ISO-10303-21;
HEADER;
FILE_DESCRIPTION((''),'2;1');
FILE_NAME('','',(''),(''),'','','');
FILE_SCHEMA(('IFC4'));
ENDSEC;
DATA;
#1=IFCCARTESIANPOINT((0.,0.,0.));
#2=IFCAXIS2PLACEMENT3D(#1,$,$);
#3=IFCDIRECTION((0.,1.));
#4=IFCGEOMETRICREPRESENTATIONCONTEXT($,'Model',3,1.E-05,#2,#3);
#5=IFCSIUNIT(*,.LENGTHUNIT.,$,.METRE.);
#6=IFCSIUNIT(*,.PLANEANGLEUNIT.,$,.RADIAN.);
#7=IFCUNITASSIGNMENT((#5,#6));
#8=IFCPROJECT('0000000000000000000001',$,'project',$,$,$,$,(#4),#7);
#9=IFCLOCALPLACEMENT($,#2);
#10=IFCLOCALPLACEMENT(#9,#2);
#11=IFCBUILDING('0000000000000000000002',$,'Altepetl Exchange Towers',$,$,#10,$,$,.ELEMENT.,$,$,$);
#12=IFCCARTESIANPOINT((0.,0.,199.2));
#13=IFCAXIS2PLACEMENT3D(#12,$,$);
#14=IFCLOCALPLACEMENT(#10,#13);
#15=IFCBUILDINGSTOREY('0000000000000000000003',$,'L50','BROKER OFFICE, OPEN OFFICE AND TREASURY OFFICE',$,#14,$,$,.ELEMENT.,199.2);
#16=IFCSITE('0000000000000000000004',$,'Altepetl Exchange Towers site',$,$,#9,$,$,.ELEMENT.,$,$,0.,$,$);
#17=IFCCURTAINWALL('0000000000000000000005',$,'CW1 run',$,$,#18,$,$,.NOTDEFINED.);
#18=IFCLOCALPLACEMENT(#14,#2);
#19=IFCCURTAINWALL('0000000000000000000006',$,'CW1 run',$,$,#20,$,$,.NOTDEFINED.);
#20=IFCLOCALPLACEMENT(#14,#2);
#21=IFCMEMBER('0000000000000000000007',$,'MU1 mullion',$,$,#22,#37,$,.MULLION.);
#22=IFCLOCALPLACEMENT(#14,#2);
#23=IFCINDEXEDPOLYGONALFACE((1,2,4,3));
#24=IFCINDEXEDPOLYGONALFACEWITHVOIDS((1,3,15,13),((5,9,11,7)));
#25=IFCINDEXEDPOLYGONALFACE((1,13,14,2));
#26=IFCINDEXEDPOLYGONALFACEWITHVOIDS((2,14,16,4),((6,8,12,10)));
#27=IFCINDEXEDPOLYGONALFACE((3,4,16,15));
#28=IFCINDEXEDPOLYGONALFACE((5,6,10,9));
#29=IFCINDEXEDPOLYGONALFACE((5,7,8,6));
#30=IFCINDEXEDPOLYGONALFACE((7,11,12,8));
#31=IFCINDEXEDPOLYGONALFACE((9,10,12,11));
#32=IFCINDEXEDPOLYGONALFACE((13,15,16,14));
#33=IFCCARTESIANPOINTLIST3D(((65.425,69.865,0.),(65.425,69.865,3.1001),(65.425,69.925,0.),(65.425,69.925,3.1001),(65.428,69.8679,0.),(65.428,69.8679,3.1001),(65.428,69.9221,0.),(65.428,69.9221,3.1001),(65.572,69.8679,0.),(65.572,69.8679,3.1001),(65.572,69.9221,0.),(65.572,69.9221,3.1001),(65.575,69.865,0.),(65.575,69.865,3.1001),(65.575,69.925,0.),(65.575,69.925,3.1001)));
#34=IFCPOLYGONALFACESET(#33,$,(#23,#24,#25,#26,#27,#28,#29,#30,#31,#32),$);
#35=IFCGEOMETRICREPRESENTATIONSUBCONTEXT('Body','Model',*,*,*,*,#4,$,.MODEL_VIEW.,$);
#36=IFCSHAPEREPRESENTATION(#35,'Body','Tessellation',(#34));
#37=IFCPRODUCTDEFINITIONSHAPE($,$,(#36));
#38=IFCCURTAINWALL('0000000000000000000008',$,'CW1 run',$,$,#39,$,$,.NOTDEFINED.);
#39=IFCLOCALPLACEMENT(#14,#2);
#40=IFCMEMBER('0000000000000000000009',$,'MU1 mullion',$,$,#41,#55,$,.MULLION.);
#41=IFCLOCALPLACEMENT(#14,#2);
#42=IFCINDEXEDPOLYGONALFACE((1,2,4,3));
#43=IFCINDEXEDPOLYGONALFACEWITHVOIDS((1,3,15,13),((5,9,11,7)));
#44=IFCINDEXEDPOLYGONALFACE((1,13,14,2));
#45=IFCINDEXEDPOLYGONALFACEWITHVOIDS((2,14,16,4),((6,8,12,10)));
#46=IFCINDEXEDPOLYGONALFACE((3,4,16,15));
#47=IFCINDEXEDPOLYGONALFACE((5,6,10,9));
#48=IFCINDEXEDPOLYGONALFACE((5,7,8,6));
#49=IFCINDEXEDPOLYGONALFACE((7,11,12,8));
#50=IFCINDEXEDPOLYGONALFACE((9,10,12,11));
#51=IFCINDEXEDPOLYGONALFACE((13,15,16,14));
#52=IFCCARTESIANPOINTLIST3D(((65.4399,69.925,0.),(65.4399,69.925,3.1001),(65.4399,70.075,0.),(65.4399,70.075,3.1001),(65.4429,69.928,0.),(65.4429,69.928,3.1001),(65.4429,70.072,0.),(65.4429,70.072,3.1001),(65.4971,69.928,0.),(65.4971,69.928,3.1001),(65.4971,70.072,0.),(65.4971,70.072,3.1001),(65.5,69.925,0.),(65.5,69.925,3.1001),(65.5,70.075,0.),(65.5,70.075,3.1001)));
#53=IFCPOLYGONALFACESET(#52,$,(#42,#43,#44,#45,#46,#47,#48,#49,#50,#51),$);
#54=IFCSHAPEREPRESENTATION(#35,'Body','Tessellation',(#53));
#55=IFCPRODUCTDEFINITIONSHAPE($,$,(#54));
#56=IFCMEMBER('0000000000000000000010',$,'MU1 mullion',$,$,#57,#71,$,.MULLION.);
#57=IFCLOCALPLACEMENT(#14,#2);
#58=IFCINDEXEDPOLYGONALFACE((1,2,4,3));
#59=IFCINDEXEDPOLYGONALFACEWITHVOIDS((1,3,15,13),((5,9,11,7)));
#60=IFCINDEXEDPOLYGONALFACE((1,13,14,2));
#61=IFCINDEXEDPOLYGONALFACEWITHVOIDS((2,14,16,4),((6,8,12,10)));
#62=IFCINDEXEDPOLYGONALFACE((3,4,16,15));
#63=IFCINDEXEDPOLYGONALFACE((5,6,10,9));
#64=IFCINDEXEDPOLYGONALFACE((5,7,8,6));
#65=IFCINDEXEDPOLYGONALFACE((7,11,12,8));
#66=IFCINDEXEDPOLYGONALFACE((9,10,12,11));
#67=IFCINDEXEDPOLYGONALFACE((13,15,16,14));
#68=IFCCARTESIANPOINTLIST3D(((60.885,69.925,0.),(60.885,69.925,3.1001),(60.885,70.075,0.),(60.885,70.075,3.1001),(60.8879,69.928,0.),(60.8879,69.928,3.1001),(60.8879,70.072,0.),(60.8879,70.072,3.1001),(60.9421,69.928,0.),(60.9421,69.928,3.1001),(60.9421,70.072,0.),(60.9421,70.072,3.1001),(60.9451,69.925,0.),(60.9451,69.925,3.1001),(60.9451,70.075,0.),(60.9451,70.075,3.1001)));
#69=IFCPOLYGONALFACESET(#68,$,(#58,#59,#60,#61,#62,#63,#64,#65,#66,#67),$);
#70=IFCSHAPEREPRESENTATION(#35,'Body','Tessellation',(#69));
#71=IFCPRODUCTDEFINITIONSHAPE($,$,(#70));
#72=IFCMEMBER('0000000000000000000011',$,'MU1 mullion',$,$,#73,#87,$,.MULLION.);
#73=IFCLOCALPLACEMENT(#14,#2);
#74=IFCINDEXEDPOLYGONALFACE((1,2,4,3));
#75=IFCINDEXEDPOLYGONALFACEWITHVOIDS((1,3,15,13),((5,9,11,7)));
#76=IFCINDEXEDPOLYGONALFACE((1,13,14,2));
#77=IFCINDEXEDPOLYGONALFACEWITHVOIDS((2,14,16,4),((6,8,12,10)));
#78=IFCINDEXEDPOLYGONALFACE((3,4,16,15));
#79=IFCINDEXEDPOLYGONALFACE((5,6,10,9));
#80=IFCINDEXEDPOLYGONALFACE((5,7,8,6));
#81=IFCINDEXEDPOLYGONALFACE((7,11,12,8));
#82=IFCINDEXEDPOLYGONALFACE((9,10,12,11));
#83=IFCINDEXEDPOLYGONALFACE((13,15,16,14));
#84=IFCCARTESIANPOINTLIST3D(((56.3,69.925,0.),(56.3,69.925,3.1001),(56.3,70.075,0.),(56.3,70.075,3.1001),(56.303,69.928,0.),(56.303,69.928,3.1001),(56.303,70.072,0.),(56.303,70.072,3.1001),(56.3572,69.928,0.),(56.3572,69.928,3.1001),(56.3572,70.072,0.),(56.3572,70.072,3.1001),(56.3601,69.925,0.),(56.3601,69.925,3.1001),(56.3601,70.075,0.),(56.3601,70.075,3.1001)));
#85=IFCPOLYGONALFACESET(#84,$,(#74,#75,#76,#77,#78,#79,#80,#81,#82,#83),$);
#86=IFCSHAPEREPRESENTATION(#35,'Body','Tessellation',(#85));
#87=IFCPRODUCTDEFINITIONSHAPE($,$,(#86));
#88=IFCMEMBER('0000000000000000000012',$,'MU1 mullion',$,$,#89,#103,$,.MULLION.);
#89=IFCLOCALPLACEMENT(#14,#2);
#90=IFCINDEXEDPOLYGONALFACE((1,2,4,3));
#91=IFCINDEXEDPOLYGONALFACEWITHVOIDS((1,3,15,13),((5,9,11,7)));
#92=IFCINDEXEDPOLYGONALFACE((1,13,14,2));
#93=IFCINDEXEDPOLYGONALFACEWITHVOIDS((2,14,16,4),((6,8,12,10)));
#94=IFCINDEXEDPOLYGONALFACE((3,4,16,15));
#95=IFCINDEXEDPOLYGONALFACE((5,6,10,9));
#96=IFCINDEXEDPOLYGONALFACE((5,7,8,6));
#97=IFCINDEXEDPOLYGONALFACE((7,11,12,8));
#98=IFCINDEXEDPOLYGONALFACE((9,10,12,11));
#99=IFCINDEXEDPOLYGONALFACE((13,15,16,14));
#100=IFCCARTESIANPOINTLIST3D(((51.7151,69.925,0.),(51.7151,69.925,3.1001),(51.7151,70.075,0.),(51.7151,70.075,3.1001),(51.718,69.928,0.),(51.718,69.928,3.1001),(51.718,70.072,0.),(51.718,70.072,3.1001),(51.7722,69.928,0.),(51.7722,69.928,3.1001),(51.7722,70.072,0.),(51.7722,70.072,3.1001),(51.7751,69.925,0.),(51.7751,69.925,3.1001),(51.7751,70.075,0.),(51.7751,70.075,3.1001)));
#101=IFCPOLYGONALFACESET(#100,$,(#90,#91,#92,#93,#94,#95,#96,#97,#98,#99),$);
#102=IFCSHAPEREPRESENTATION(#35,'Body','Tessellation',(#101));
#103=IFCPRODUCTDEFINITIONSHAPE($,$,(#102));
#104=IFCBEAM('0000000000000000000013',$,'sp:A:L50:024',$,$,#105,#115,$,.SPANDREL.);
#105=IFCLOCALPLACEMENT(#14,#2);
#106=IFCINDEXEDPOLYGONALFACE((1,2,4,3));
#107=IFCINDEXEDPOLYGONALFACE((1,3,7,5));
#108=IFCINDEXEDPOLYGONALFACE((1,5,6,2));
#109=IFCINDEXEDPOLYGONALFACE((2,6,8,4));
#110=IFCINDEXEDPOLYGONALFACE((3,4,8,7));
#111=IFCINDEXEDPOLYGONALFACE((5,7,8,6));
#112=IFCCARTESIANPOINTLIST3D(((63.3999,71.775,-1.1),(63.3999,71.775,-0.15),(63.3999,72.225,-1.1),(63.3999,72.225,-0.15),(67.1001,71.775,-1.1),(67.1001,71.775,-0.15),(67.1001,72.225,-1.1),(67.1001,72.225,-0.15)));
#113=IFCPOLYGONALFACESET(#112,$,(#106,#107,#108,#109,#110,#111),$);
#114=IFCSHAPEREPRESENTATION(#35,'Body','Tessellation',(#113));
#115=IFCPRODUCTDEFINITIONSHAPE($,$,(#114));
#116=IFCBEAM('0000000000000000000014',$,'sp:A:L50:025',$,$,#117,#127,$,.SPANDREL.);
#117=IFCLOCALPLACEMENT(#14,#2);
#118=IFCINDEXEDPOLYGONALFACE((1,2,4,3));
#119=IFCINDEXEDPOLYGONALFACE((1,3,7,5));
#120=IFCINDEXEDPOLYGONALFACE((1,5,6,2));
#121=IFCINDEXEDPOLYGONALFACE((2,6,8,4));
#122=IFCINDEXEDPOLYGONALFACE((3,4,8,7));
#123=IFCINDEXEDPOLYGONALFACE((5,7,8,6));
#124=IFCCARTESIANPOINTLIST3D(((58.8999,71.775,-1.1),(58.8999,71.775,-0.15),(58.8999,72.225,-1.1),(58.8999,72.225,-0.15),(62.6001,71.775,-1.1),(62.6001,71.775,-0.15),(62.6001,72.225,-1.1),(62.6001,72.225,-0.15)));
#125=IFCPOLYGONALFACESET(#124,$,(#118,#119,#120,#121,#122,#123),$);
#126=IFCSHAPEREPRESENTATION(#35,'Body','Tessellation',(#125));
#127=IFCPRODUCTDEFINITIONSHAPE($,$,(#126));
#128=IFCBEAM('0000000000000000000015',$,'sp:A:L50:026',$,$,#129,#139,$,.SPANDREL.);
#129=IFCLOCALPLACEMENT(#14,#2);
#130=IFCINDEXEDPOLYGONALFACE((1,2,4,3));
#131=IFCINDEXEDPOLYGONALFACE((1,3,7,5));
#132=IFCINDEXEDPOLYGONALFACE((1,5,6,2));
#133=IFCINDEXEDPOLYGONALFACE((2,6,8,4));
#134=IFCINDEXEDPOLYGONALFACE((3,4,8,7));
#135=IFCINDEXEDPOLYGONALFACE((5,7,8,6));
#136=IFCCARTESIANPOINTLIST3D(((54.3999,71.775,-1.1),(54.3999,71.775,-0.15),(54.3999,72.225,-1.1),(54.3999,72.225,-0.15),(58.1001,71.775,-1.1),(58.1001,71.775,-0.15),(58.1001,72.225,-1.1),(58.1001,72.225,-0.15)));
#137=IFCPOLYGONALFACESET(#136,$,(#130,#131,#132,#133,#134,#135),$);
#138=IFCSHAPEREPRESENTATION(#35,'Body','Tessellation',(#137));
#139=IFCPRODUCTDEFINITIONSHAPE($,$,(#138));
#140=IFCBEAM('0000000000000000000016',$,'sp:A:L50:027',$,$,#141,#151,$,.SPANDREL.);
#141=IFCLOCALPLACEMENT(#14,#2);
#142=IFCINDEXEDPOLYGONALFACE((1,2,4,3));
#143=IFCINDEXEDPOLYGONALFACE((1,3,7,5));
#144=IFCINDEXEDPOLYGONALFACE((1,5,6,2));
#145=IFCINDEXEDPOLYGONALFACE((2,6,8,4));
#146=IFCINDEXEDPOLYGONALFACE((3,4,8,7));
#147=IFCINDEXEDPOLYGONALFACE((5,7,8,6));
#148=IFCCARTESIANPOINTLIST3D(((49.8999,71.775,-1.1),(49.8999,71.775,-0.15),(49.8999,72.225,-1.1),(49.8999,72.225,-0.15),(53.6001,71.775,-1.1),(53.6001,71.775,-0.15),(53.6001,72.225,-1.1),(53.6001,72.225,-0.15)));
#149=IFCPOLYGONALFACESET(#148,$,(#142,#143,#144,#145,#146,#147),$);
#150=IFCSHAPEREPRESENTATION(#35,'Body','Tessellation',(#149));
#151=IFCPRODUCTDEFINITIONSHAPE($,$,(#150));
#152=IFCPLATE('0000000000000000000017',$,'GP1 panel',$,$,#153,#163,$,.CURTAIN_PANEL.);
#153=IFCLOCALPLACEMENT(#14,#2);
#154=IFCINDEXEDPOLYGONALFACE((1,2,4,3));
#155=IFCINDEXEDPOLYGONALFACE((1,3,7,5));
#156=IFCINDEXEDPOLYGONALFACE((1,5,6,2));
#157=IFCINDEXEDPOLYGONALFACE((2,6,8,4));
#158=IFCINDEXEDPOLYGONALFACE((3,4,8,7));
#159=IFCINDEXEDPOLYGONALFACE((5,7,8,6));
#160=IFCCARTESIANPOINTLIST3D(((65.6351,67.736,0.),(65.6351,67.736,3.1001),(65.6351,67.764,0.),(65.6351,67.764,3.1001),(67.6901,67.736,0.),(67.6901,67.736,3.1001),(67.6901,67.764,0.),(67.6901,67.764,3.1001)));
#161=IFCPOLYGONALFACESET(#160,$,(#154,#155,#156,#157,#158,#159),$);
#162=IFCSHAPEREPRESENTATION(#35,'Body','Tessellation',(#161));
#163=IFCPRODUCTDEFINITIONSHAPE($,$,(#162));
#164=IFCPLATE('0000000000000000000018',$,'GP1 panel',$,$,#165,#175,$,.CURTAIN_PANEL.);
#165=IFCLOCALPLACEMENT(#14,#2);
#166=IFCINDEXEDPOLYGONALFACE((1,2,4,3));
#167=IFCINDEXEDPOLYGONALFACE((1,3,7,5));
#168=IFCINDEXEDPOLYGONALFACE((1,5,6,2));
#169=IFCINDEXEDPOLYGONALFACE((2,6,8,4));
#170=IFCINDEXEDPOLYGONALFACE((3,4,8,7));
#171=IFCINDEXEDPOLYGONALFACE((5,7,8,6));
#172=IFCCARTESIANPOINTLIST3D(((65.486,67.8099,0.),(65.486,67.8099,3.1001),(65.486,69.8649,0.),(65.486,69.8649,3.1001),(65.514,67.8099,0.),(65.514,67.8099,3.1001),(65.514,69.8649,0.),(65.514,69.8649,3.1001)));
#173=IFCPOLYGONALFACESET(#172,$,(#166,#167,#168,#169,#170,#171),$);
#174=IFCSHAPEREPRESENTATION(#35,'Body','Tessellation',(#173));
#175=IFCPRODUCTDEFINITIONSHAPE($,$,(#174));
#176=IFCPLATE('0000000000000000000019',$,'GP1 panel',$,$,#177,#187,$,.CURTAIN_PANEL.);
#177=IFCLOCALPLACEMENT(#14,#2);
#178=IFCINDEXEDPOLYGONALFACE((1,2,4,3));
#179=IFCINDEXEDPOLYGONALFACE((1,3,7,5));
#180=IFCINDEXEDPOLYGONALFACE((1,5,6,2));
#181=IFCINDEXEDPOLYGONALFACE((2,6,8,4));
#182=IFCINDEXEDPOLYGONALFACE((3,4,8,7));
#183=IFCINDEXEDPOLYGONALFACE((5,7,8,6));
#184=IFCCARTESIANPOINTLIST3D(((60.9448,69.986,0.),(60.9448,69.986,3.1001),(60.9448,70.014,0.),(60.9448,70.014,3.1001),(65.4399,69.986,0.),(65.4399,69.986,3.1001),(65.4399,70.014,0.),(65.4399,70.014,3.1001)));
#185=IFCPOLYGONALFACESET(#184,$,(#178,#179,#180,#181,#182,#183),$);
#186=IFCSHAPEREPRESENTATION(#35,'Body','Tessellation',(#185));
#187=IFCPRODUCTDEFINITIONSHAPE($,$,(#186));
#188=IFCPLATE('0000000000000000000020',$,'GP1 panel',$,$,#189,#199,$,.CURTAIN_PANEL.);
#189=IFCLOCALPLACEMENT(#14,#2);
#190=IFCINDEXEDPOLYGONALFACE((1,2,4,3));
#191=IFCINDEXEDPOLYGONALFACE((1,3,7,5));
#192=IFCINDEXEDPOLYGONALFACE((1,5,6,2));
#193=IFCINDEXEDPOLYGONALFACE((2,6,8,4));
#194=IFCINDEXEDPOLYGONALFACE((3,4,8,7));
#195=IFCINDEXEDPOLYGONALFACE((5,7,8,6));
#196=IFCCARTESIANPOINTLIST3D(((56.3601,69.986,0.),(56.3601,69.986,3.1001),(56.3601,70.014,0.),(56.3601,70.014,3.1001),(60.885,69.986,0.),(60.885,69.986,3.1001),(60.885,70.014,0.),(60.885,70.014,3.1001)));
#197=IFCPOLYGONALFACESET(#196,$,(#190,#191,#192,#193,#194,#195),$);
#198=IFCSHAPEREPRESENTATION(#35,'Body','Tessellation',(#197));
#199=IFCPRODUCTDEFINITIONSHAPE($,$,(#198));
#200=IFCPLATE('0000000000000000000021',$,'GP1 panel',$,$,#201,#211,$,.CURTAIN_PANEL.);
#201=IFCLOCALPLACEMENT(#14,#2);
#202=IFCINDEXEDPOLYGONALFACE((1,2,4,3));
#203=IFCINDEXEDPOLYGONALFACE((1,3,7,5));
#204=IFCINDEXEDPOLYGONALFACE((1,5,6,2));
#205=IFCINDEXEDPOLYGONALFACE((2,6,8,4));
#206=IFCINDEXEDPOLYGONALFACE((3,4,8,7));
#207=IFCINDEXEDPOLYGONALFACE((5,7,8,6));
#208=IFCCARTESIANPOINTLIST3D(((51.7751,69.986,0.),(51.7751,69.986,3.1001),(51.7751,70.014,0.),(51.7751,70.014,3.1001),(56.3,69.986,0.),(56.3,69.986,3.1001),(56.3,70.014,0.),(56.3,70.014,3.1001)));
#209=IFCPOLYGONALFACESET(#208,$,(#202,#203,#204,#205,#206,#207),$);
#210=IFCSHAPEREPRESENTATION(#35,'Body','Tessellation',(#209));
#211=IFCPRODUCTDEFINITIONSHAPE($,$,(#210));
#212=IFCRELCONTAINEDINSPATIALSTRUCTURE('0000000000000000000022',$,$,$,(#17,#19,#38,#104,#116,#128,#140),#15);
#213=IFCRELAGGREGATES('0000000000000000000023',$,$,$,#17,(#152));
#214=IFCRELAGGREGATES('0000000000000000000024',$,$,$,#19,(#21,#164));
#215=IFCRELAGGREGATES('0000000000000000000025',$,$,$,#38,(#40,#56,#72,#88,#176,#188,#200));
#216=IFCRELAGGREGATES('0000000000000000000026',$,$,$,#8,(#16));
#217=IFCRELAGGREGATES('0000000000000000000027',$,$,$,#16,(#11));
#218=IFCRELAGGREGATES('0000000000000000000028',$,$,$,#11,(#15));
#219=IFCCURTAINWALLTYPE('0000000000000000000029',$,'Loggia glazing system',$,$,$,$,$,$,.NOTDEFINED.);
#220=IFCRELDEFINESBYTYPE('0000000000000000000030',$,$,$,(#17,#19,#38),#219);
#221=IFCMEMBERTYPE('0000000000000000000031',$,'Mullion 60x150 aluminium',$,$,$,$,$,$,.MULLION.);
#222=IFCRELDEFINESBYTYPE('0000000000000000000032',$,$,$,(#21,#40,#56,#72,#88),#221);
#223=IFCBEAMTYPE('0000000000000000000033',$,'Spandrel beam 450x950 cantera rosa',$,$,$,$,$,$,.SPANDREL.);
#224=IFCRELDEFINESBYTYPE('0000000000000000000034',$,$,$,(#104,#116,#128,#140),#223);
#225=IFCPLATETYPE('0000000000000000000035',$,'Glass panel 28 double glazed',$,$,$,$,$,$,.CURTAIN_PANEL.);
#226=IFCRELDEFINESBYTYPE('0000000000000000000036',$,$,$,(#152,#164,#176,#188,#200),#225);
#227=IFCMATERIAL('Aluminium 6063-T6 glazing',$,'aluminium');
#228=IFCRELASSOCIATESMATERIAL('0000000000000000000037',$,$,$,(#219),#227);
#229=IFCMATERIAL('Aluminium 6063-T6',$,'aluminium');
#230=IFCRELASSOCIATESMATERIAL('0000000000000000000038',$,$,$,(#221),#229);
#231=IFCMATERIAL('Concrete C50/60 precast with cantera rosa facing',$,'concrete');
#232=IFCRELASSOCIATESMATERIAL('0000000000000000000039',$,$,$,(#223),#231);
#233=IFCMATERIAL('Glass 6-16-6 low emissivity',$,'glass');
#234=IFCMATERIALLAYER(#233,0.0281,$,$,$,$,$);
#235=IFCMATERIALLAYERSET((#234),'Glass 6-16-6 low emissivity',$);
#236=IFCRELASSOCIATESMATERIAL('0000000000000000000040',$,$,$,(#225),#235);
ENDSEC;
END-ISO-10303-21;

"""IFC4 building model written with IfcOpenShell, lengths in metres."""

from ifc_helpers import new_model, si_unit, direction, frame, origin, origin_2d, place, context, subcontext, project, spatial, rectangle, hollow_rectangle, extrude, material, layer, layer_set, material_profile, profile_set, type_object, element, aggregate, save


model = new_model("IFC4")

# Units and contexts
model_context = context("Model", 3, precision=1e-05, world=origin(), true_north=direction((0.0, 1.0)))
body_context = subcontext(model_context, "Body", "Model", "MODEL_VIEW")
ifc_project = project(units=[si_unit("LENGTHUNIT", "METRE"), si_unit("PLANEANGLEUNIT", "RADIAN")], contexts=[model_context])

# Site, building, storey
site_placement = place(None, origin())
site = spatial("IfcSite", under=ifc_project, at=site_placement, Name="Altepetl Exchange Towers site", CompositionType="ELEMENT", RefElevation=0.0)
building_placement = place(site_placement, origin())
building = spatial("IfcBuilding", under=site, at=building_placement, Name="Altepetl Exchange Towers", CompositionType="ELEMENT")
storey_placement = place(building_placement, frame((0.0, 0.0, 199.2)))
storey = spatial("IfcBuildingStorey", under=building, at=storey_placement, Name="L50", Description="BROKER OFFICE, OPEN OFFICE AND TREASURY OFFICE", CompositionType="ELEMENT", Elevation=199.2)

# Curtain wall
ifc_material_1 = material(Name="Aluminium 6063-T6 glazing", Category="aluminium")
curtain_wall_type = type_object("IfcCurtainWallType", Name="Loggia glazing system", PredefinedType="NOTDEFINED", material=ifc_material_1)
curtain_wall_1_placement = place(storey_placement, origin())
curtain_wall_1 = element("IfcCurtainWall", 1, at=curtain_wall_1_placement, inside=storey, type_object=curtain_wall_type, Name="CW1 run", PredefinedType="NOTDEFINED")
ifc_material_2 = material(Name="Aluminium 6063-T6", Category="aluminium")
ifc_material_profile_1 = material_profile(ifc_material_2, hollow_rectangle(XDim=0.0601, YDim=0.1499, WallThickness=0.0029, at=origin_2d()), Name="Mullion 60x150 aluminium")
ifc_profile_set_1 = profile_set([ifc_material_profile_1], Name="Aluminium 6063-T6")
member_type = type_object("IfcMemberType", Name="Mullion 60x150 aluminium", PredefinedType="MULLION", material=ifc_profile_set_1)

# Curtain walls, members
curtain_wall_2_placement = place(storey_placement, origin())
curtain_wall_2 = element("IfcCurtainWall", 2, at=curtain_wall_2_placement, inside=storey, type_object=curtain_wall_type, Name="CW1 run", PredefinedType="NOTDEFINED")
member_1_placement = place(storey_placement, frame((65.5, 69.895, 0.0), z_axis=(0.0, 0.0, 1.0), x_axis=(0.0, 1.0, 0.0)))
member_1 = element("IfcMember", 3, at=member_1_placement, type_object=member_type, Name="MU1 mullion", PredefinedType="MULLION", context=body_context, shape_type="SweptSolid", body=[
    extrude(hollow_rectangle(XDim=0.0601, YDim=0.1499, WallThickness=0.0029, at=origin_2d()), origin(), (0.0, 0.0, 1.0), 3.1001),
])
curtain_wall_3_placement = place(storey_placement, origin())
curtain_wall_3 = element("IfcCurtainWall", 4, at=curtain_wall_3_placement, inside=storey, type_object=curtain_wall_type, Name="CW1 run", PredefinedType="NOTDEFINED")
member_2_placement = place(storey_placement, frame((65.47, 70.0, 0.0), z_axis=(0.0, 0.0, 1.0), x_axis=(-1.0, 0.0, 0.0)))
member_2 = element("IfcMember", 5, at=member_2_placement, type_object=member_type, Name="MU1 mullion", PredefinedType="MULLION", context=body_context, shape_type="SweptSolid", body=[
    extrude(hollow_rectangle(XDim=0.0601, YDim=0.1499, WallThickness=0.0029, at=origin_2d()), origin(), (0.0, 0.0, 1.0), 3.1001),
])
member_3_placement = place(storey_placement, frame((60.915, 70.0, 0.0), z_axis=(0.0, 0.0, 1.0), x_axis=(-1.0, 0.0, 0.0)))
member_3 = element("IfcMember", 6, at=member_3_placement, type_object=member_type, Name="MU1 mullion", PredefinedType="MULLION", context=body_context, shape_type="SweptSolid", body=[
    extrude(hollow_rectangle(XDim=0.0601, YDim=0.1499, WallThickness=0.0029, at=origin_2d()), origin(), (0.0, 0.0, 1.0), 3.1001),
])
member_4_placement = place(storey_placement, frame((56.3301, 70.0, 0.0), z_axis=(0.0, 0.0, 1.0), x_axis=(-1.0, 0.0, 0.0)))
member_4 = element("IfcMember", 7, at=member_4_placement, type_object=member_type, Name="MU1 mullion", PredefinedType="MULLION", context=body_context, shape_type="SweptSolid", body=[
    extrude(hollow_rectangle(XDim=0.0601, YDim=0.1499, WallThickness=0.0029, at=origin_2d()), origin(), (0.0, 0.0, 1.0), 3.1001),
])
member_5_placement = place(storey_placement, frame((51.7451, 70.0, 0.0), z_axis=(0.0, 0.0, 1.0), x_axis=(-1.0, 0.0, 0.0)))
member_5 = element("IfcMember", 8, at=member_5_placement, type_object=member_type, Name="MU1 mullion", PredefinedType="MULLION", context=body_context, shape_type="SweptSolid", body=[
    extrude(hollow_rectangle(XDim=0.0601, YDim=0.1499, WallThickness=0.0029, at=origin_2d()), origin(), (0.0, 0.0, 1.0), 3.1001),
])

# Beams
ifc_material_3 = material(Name="Concrete C50/60 precast with cantera rosa facing", Category="concrete")
ifc_material_profile_2 = material_profile(ifc_material_3, rectangle(XDim=0.45, YDim=0.95, at=origin_2d()), Name="450 x 950")
ifc_profile_set_2 = profile_set([ifc_material_profile_2], Name="Concrete C50/60 precast with cantera rosa facing")
beam_type_1 = type_object("IfcBeamType", Name="Spandrel beam 450x950 cantera rosa", PredefinedType="SPANDREL", material=ifc_profile_set_2)
for number, where, z_axis, x_axis, name in (
    (9, (67.1001, 72.0, -0.625), (-1.0, 0.0, 0.0), (0.0, -1.0, 0.0), "sp:A:L50:024"),
    (10, (62.6001, 72.0, -0.625), (-1.0, 0.0, 0.0), (0.0, -1.0, 0.0), "sp:A:L50:025"),
    (11, (58.1001, 72.0, -0.625), (-1.0, 0.0, 0.0), (0.0, -1.0, 0.0), "sp:A:L50:026"),
    (12, (53.6001, 72.0, -0.625), (-1.0, 0.0, 0.0), (0.0, -1.0, 0.0), "sp:A:L50:027"),
):
    element("IfcBeam", number, at=place(storey_placement, frame(where, z_axis=z_axis, x_axis=x_axis)), inside=storey, type_object=beam_type_1, Name=name, PredefinedType="SPANDREL", context=body_context, shape_type="SweptSolid", body=[
        extrude(rectangle(XDim=0.45, YDim=0.95, at=origin_2d()), origin(), (0.0, 0.0, 1.0), 3.7002),
    ])

# Plates
ifc_material_4 = material(Name="Glass 6-16-6 low emissivity", Category="glass")
ifc_layer_1 = layer(ifc_material_4, 0.0281)
ifc_layer_set_1 = layer_set([ifc_layer_1], Name="Glass 6-16-6 low emissivity")
plate_type = type_object("IfcPlateType", Name="Glass panel 28 double glazed", PredefinedType="CURTAIN_PANEL", material=ifc_layer_set_1)
plate_1_placement = place(storey_placement, frame((66.6626, 67.75, 0.0), z_axis=(0.0, 0.0, 1.0), x_axis=(-1.0, 0.0, 0.0)))
plate_1 = element("IfcPlate", 13, at=plate_1_placement, type_object=plate_type, Name="GP1 panel", PredefinedType="CURTAIN_PANEL", context=body_context, shape_type="SweptSolid", body=[
    extrude(rectangle(XDim=2.0549, YDim=0.0281, at=origin_2d()), origin(), (0.0, 0.0, 1.0), 3.1001),
])
aggregate(curtain_wall_1, [plate_1])
plate_2_placement = place(storey_placement, frame((65.5, 68.8374, 0.0), z_axis=(0.0, 0.0, 1.0), x_axis=(0.0, 1.0, 0.0)))
plate_2 = element("IfcPlate", 14, at=plate_2_placement, type_object=plate_type, Name="GP1 panel", PredefinedType="CURTAIN_PANEL", context=body_context, shape_type="SweptSolid", body=[
    extrude(rectangle(XDim=2.0549, YDim=0.0281, at=origin_2d()), origin(), (0.0, 0.0, 1.0), 3.1001),
])
aggregate(curtain_wall_2, [member_1, plate_2])
plate_3_placement = place(storey_placement, frame((63.1924, 70.0, 0.0), z_axis=(0.0, 0.0, 1.0), x_axis=(-1.0, 0.0, 0.0)))
plate_3 = element("IfcPlate", 15, at=plate_3_placement, type_object=plate_type, Name="GP1 panel", PredefinedType="CURTAIN_PANEL", context=body_context, shape_type="SweptSolid", body=[
    extrude(rectangle(XDim=4.4951, YDim=0.0281, at=origin_2d()), origin(), (0.0, 0.0, 1.0), 3.1001),
])
plate_4_placement = place(storey_placement, frame((58.6226, 70.0, 0.0), z_axis=(0.0, 0.0, 1.0), x_axis=(-1.0, 0.0, 0.0)))
plate_4 = element("IfcPlate", 16, at=plate_4_placement, type_object=plate_type, Name="GP1 panel", PredefinedType="CURTAIN_PANEL", context=body_context, shape_type="SweptSolid", body=[
    extrude(rectangle(XDim=4.5249, YDim=0.0281, at=origin_2d()), origin(), (0.0, 0.0, 1.0), 3.1001),
])
plate_5_placement = place(storey_placement, frame((54.0376, 70.0, 0.0), z_axis=(0.0, 0.0, 1.0), x_axis=(-1.0, 0.0, 0.0)))
plate_5 = element("IfcPlate", 17, at=plate_5_placement, type_object=plate_type, Name="GP1 panel", PredefinedType="CURTAIN_PANEL", context=body_context, shape_type="SweptSolid", body=[
    extrude(rectangle(XDim=4.5249, YDim=0.0281, at=origin_2d()), origin(), (0.0, 0.0, 1.0), 3.1001),
])
aggregate(curtain_wall_3, [member_2, member_3, member_4, member_5, plate_3, plate_4, plate_5])

save(model, "model.ifc")
